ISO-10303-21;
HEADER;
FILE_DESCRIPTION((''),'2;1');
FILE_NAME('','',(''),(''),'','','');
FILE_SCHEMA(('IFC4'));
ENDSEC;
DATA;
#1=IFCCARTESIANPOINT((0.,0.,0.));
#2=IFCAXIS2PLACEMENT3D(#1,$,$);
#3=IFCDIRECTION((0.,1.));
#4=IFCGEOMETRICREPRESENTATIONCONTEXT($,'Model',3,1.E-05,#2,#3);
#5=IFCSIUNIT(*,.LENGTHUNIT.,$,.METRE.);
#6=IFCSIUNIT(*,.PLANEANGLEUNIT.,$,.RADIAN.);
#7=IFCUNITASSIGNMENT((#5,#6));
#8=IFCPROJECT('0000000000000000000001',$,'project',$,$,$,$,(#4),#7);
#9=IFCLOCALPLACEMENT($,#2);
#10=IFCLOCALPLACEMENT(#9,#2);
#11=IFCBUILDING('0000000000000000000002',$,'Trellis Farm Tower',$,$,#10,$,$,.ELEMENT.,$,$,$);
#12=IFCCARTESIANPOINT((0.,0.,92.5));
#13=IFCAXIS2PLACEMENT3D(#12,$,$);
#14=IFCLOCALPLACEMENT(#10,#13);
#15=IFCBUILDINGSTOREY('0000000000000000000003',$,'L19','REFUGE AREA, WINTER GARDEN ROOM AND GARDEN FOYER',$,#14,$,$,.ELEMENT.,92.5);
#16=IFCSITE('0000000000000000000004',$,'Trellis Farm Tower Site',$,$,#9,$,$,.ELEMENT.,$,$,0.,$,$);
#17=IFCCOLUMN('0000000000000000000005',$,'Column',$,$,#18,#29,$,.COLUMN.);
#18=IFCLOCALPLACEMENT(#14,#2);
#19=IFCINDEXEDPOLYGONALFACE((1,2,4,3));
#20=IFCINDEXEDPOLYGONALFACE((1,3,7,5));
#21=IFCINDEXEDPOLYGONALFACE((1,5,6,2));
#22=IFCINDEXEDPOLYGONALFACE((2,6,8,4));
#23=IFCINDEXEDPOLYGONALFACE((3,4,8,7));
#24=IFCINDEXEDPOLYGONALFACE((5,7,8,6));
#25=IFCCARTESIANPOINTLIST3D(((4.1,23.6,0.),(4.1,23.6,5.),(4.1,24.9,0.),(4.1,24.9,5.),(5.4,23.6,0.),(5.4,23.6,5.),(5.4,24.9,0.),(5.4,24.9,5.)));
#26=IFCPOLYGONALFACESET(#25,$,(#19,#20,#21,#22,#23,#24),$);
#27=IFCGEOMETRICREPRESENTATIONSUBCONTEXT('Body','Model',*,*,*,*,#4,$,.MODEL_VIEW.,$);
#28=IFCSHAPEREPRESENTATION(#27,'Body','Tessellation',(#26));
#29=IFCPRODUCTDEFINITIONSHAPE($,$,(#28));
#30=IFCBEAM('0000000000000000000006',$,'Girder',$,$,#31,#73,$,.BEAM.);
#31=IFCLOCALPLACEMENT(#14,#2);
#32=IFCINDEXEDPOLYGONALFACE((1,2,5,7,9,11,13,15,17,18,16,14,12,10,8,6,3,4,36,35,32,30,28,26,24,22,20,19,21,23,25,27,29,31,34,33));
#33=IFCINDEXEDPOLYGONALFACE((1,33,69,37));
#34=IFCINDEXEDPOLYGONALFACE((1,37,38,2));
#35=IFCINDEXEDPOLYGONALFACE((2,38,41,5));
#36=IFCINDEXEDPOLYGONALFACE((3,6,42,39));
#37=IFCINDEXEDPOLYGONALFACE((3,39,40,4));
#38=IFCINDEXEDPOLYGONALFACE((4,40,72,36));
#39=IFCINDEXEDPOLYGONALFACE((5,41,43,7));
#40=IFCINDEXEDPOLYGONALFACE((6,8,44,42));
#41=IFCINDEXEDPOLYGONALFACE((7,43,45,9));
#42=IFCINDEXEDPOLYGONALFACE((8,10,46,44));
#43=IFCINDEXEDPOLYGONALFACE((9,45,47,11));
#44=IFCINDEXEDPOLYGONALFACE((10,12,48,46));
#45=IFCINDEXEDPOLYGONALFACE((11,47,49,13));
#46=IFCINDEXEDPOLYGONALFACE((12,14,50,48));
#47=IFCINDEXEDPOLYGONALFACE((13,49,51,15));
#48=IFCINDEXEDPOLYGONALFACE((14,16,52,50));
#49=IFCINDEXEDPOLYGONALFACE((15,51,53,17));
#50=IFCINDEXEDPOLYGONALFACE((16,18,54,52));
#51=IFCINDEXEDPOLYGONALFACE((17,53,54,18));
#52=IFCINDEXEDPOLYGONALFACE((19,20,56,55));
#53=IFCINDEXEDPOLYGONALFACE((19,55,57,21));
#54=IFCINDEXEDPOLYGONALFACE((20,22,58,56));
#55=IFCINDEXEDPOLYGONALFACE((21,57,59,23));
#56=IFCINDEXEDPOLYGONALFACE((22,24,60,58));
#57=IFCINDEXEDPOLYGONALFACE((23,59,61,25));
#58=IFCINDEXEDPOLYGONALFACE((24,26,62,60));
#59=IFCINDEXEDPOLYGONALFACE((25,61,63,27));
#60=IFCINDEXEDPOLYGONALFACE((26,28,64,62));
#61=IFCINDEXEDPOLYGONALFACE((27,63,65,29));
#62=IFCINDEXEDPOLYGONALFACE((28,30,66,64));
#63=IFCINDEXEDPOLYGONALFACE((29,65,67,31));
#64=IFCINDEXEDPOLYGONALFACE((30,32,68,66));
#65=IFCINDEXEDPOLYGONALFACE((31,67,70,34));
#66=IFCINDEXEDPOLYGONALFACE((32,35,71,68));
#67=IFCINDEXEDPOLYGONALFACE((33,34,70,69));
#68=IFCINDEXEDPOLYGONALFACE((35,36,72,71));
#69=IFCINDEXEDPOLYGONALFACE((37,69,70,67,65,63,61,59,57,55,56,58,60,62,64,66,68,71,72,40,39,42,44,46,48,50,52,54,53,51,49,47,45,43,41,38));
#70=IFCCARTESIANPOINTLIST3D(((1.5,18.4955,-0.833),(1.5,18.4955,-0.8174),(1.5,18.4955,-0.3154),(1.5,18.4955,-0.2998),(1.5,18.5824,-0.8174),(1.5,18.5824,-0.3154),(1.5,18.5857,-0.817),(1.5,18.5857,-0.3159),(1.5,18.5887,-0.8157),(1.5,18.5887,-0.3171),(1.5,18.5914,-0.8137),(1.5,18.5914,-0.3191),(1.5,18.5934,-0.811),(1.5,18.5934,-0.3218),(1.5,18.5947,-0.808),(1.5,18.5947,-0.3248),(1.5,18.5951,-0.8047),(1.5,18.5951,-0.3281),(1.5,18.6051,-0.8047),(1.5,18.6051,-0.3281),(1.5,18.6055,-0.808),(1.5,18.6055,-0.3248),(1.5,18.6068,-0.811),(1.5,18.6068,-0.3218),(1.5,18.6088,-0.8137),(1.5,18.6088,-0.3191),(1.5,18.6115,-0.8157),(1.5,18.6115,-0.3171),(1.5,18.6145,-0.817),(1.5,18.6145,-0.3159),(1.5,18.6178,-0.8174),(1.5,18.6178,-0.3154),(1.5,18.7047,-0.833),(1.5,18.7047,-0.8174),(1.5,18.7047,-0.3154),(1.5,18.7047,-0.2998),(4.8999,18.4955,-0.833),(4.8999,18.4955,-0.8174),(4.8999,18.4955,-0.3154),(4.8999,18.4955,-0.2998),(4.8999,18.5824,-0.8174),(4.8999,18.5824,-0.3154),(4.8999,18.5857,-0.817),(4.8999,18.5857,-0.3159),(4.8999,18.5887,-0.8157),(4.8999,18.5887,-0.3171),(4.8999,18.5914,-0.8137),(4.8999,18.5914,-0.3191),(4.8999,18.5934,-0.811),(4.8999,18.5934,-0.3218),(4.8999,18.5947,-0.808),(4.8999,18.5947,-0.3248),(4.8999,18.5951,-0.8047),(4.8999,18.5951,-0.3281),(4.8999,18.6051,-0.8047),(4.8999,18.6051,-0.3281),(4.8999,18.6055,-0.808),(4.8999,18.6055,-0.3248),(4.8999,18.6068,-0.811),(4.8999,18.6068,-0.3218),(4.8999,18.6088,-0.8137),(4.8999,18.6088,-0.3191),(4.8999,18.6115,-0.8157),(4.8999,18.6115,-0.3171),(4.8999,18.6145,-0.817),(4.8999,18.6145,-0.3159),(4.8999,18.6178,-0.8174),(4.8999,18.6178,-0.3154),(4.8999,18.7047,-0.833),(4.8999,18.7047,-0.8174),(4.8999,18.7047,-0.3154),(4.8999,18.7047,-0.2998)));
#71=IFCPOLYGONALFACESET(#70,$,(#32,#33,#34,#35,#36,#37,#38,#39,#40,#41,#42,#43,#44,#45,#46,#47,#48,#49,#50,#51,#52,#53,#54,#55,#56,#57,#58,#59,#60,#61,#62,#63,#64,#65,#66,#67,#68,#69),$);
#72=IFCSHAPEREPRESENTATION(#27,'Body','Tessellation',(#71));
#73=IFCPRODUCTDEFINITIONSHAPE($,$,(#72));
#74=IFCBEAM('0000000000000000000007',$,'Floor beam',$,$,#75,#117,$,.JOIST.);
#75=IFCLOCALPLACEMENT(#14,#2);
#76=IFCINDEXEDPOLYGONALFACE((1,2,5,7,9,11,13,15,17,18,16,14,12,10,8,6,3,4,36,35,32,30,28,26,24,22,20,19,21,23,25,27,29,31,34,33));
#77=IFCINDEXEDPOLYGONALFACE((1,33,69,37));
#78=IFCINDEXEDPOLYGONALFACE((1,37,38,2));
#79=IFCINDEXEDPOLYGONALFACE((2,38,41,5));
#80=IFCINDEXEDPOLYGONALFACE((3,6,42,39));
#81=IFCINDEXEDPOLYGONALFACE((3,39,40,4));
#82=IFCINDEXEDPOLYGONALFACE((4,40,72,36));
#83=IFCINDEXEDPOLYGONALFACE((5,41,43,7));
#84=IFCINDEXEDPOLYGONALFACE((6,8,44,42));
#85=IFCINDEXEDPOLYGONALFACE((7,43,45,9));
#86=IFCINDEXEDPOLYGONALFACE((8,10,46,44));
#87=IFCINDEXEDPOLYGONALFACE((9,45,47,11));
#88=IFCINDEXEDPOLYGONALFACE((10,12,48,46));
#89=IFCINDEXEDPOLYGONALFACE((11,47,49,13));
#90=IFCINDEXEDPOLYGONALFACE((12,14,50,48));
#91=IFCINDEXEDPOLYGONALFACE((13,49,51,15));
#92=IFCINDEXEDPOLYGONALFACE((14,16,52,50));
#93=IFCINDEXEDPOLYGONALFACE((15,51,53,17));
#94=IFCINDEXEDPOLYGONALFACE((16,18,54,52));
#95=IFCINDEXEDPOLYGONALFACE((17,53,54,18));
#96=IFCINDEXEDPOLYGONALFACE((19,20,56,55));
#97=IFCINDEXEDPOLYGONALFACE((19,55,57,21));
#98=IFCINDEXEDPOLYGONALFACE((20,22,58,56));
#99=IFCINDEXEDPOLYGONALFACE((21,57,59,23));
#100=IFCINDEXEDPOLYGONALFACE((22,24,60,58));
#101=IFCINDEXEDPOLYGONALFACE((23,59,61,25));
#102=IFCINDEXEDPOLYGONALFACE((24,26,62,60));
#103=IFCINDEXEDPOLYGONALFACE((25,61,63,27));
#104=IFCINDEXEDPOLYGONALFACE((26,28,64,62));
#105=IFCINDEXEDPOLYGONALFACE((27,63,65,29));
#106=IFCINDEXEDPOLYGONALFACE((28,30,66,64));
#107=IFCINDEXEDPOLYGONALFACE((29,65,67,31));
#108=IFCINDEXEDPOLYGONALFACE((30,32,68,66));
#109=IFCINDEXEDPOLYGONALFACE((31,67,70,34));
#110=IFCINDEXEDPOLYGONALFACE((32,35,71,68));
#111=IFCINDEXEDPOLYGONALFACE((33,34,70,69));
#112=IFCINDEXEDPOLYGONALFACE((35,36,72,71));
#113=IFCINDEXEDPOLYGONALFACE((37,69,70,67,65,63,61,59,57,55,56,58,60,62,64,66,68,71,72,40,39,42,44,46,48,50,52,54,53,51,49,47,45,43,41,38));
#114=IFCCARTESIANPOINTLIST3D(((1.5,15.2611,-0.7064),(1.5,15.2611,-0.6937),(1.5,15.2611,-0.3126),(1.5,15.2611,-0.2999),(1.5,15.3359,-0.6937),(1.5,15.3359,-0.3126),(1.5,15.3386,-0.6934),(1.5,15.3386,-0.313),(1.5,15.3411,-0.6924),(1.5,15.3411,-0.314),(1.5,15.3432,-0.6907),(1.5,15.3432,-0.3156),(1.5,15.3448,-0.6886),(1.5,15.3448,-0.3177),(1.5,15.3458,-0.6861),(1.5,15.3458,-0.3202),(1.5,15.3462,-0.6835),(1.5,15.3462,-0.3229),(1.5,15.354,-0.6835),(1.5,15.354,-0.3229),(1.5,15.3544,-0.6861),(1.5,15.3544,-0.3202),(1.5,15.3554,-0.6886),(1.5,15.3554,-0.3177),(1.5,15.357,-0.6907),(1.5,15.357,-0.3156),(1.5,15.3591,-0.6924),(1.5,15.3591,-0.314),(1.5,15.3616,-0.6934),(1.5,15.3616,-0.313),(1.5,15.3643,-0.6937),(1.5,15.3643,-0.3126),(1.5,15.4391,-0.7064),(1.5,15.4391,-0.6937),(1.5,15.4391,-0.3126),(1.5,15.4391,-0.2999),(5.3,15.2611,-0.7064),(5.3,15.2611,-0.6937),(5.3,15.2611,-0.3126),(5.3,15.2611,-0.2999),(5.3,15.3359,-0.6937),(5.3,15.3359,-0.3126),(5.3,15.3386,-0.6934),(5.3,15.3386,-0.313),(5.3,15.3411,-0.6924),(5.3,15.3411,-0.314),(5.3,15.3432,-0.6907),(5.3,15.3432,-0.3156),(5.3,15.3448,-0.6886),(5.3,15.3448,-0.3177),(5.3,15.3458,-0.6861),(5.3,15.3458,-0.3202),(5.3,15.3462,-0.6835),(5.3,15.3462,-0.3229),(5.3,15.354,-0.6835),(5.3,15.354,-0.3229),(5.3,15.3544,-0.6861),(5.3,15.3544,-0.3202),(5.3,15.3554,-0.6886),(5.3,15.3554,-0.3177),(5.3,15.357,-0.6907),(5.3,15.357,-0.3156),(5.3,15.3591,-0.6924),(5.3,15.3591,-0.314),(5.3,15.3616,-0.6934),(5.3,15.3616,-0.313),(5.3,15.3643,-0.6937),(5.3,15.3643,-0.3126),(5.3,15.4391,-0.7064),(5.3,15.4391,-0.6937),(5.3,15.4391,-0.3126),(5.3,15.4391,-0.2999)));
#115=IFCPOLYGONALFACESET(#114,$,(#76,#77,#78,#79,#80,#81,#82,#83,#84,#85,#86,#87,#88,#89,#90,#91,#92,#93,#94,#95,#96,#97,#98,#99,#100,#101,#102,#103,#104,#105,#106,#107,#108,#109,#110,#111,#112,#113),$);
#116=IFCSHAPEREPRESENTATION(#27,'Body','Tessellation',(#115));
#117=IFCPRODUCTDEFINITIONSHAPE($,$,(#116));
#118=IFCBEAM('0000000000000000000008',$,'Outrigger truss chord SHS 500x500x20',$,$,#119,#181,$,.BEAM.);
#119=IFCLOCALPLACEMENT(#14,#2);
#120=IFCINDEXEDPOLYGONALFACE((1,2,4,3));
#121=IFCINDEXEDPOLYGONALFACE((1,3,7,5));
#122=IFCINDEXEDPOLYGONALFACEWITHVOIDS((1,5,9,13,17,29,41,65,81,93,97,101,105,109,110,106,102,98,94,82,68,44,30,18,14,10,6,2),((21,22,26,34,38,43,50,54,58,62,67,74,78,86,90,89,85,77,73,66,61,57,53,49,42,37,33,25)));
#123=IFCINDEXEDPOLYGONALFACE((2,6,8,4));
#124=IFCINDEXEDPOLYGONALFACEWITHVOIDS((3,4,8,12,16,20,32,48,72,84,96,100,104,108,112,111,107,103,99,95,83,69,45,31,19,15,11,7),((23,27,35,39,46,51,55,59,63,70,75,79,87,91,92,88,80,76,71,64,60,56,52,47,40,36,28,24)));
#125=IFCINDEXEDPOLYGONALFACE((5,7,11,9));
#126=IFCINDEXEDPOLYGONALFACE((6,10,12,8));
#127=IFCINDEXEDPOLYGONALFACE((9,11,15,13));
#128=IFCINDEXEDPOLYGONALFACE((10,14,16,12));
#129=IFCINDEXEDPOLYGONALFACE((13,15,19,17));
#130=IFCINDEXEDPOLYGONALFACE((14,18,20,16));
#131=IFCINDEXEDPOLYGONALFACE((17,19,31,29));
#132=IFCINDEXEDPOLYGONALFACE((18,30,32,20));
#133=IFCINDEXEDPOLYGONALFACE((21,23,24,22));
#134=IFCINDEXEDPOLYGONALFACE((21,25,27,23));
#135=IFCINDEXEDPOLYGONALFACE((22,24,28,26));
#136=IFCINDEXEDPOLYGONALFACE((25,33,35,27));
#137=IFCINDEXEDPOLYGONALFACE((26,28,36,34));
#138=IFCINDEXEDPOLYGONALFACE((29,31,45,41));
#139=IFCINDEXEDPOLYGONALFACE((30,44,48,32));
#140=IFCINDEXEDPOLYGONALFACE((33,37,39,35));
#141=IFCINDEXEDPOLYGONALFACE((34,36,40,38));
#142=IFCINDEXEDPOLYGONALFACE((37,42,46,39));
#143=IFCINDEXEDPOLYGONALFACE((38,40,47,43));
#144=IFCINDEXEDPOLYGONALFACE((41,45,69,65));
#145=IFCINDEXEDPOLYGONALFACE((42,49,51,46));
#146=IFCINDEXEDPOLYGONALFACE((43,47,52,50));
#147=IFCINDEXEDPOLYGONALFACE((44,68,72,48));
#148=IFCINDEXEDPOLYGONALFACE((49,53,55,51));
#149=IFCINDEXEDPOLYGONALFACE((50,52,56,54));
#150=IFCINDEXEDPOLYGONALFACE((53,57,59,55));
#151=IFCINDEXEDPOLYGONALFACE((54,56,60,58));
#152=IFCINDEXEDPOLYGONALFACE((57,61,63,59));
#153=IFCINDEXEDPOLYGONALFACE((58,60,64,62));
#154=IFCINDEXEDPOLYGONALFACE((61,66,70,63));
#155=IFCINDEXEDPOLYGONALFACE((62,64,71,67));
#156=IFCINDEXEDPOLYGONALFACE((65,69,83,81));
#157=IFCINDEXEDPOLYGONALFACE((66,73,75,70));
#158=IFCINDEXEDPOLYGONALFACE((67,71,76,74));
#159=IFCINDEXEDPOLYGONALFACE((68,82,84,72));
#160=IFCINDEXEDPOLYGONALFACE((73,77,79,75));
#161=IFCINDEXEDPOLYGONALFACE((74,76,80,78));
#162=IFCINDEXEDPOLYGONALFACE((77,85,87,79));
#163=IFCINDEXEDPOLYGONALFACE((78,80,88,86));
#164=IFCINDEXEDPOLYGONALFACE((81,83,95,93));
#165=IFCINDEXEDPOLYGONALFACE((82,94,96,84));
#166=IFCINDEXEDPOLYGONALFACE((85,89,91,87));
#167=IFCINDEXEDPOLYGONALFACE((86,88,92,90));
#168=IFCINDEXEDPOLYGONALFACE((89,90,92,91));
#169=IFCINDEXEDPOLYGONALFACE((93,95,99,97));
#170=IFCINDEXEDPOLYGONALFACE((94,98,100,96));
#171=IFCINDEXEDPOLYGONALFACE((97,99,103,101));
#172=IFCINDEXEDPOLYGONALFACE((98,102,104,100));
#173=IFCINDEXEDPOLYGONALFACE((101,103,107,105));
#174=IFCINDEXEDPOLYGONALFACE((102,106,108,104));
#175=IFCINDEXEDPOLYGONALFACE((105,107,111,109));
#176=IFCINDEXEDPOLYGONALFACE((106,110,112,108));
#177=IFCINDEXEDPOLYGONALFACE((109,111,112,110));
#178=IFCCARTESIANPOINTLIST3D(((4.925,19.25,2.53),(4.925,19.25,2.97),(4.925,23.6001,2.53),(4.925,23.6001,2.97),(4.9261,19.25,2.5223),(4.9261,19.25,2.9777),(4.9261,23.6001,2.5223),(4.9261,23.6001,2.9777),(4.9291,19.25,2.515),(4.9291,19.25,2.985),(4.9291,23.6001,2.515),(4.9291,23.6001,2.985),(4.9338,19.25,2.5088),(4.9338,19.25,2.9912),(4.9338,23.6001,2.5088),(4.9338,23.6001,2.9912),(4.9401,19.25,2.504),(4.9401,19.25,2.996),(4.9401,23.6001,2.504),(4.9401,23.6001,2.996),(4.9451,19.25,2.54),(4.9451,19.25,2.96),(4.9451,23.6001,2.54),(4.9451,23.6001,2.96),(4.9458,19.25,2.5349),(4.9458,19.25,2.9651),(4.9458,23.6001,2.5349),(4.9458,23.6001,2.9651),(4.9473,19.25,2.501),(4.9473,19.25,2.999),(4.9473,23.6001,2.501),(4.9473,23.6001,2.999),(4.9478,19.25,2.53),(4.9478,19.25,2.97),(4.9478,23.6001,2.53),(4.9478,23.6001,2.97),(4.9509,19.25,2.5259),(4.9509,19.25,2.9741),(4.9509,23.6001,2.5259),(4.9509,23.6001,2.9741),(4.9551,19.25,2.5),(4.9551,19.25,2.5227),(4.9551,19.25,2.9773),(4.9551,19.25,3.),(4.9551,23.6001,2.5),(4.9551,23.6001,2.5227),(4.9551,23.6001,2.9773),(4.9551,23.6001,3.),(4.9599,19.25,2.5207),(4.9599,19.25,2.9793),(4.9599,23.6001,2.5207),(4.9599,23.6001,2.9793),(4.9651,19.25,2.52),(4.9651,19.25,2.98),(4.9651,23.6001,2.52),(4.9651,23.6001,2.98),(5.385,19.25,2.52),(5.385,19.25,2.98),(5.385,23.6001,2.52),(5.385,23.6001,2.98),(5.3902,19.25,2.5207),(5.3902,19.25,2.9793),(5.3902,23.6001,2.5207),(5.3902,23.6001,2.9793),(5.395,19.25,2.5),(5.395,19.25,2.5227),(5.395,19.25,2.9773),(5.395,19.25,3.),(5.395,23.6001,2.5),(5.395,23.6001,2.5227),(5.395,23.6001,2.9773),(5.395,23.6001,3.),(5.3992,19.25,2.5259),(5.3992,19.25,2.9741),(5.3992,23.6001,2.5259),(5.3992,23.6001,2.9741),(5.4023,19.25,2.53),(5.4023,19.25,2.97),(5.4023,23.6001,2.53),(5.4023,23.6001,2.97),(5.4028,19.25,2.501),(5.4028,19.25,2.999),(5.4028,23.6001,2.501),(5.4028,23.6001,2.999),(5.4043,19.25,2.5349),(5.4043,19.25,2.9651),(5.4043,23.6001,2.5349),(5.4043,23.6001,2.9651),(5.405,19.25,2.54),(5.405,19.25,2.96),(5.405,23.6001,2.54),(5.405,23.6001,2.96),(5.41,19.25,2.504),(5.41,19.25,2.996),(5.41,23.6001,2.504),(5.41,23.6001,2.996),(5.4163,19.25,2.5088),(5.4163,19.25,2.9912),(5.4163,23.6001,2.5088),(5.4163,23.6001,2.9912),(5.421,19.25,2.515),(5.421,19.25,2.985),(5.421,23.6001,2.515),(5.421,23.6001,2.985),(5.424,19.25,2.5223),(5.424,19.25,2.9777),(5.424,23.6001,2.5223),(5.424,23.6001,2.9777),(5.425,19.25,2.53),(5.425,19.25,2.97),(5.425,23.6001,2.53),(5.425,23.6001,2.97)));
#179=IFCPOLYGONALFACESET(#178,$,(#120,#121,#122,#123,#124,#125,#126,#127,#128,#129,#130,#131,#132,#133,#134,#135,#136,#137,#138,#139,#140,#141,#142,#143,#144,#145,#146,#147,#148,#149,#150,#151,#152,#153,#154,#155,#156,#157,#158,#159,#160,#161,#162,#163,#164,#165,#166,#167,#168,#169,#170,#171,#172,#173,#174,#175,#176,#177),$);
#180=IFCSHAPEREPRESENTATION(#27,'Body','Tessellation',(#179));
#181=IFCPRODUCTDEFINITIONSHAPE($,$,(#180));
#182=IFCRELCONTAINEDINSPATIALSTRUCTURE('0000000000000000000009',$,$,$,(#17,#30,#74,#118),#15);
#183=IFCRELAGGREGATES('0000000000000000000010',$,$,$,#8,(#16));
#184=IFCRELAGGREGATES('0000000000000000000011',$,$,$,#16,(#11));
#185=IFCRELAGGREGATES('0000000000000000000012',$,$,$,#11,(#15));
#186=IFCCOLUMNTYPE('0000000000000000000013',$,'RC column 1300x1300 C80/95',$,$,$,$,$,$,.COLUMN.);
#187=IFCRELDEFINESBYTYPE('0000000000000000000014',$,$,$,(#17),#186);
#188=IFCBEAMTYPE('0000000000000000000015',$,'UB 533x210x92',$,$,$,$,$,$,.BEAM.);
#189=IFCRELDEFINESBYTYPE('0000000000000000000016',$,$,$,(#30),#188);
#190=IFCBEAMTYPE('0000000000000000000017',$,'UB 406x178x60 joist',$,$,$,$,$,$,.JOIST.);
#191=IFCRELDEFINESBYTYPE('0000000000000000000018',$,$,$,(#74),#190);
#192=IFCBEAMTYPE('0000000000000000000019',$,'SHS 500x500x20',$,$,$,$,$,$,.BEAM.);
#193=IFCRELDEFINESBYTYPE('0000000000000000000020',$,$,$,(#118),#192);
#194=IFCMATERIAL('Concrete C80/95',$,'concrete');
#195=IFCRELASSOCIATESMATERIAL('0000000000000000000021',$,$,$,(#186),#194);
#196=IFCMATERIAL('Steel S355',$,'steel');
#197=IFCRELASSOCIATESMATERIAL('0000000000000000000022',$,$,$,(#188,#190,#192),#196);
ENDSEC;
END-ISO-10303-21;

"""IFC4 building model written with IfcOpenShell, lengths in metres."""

from ifc_helpers import new_model, si_unit, direction, frame, origin, origin_2d, place, context, subcontext, project, spatial, rectangle, hollow_rectangle, i_section, extrude, source, transform, mapped, material, material_profile, profile_set, type_object, element, save


model = new_model("IFC4")

# Units and contexts
model_context = context("Model", 3, precision=1e-05, world=origin(), true_north=direction((0.0, 1.0)))
body_context = subcontext(model_context, "Body", "Model", "MODEL_VIEW")
ifc_project = project(units=[si_unit("LENGTHUNIT", "METRE"), si_unit("PLANEANGLEUNIT", "RADIAN")], contexts=[model_context])

# Site, building, storey
site_placement = place(None, origin())
site = spatial("IfcSite", under=ifc_project, at=site_placement, Name="Trellis Farm Tower Site", CompositionType="ELEMENT", RefElevation=0.0)
building_placement = place(site_placement, origin())
building = spatial("IfcBuilding", under=site, at=building_placement, Name="Trellis Farm Tower", CompositionType="ELEMENT")
storey_placement = place(building_placement, frame((0.0, 0.0, 92.5)))
storey = spatial("IfcBuildingStorey", under=building, at=storey_placement, Name="L19", Description="REFUGE AREA, WINTER GARDEN ROOM AND GARDEN FOYER", CompositionType="ELEMENT", Elevation=92.5)

# Column
ifc_material_1 = material(Name="Concrete C80/95", Category="concrete")
ifc_material_profile_1 = material_profile(ifc_material_1, rectangle(XDim=1.3, YDim=1.3, at=origin_2d()), Name="RC column 1300x1300 C80/95")
ifc_profile_set_1 = profile_set([ifc_material_profile_1], Name="Concrete C80/95")
column_type = type_object("IfcColumnType", Name="RC column 1300x1300 C80/95", PredefinedType="COLUMN", material=ifc_profile_set_1)
shared_shape_1 = source(origin(), body_context, "Body", "SweptSolid", [
    extrude(rectangle(XDim=1.3, YDim=1.3, at=origin_2d()), origin(), (0.0, 0.0, 1.0), 5.0),
])
column_placement = place(storey_placement, frame((4.75, 24.25, 0.0), z_axis=(0.0, 0.0, 1.0), x_axis=(1.0, 0.0, 0.0)))
element("IfcColumn", 1, at=column_placement, inside=storey, type_object=column_type, Name="Column", PredefinedType="COLUMN", context=body_context, shape_type="MappedRepresentation", body=[
    mapped(shared_shape_1, transform((0.0, 0.0, 0.0))),
])

# Beams
ifc_material_2 = material(Name="Steel S355", Category="steel")
ifc_material_profile_2 = material_profile(ifc_material_2, i_section(OverallWidth=0.2092, OverallDepth=0.5332, WebThickness=0.01, FlangeThickness=0.0156, FilletRadius=0.0127, at=origin_2d()), Name="UB 533x210x92")
ifc_profile_set_2 = profile_set([ifc_material_profile_2], Name="Steel S355")
beam_type_1 = type_object("IfcBeamType", Name="UB 533x210x92", PredefinedType="BEAM", material=ifc_profile_set_2)
shared_shape_2 = source(origin(), body_context, "Body", "SweptSolid", [
    extrude(i_section(OverallWidth=0.2092, OverallDepth=0.5332, WebThickness=0.01, FlangeThickness=0.0156, FilletRadius=0.0127, at=origin_2d()), origin(), (0.0, 0.0, 1.0), 3.3999),
])
beam_1_placement = place(storey_placement, frame((1.5, 18.6001, -0.5664), z_axis=(1.0, 0.0, 0.0), x_axis=(0.0, 1.0, 0.0)))
element("IfcBeam", 2, at=beam_1_placement, inside=storey, type_object=beam_type_1, Name="Girder", PredefinedType="BEAM", context=body_context, shape_type="MappedRepresentation", body=[
    mapped(shared_shape_2, transform((0.0, 0.0, 0.0))),
])
ifc_material_profile_3 = material_profile(ifc_material_2, i_section(OverallWidth=0.178, OverallDepth=0.4065, WebThickness=0.0078, FlangeThickness=0.0127, FilletRadius=0.0103, at=origin_2d()), Name="UB 406x178x60")
ifc_profile_set_3 = profile_set([ifc_material_profile_3], Name="Steel S355")
beam_type_2 = type_object("IfcBeamType", Name="UB 406x178x60 joist", PredefinedType="JOIST", material=ifc_profile_set_3)
shared_shape_3 = source(origin(), body_context, "Body", "SweptSolid", [
    extrude(i_section(OverallWidth=0.178, OverallDepth=0.4065, WebThickness=0.0078, FlangeThickness=0.0127, FilletRadius=0.0103, at=origin_2d()), origin(), (0.0, 0.0, 1.0), 3.8),
])
beam_2_placement = place(storey_placement, frame((1.5, 15.3501, -0.5032), z_axis=(1.0, 0.0, 0.0), x_axis=(0.0, 1.0, 0.0)))
element("IfcBeam", 3, at=beam_2_placement, inside=storey, type_object=beam_type_2, Name="Floor beam", PredefinedType="JOIST", context=body_context, shape_type="MappedRepresentation", body=[
    mapped(shared_shape_3, transform((0.0, 0.0, 0.0))),
])
ifc_material_profile_4 = material_profile(ifc_material_2, hollow_rectangle(XDim=0.5, YDim=0.5, WallThickness=0.02, InnerFilletRadius=0.02, OuterFilletRadius=0.03, at=origin_2d()), Name="SHS 500x500x20")
ifc_profile_set_4 = profile_set([ifc_material_profile_4], Name="Steel S355")
beam_type_3 = type_object("IfcBeamType", Name="SHS 500x500x20", PredefinedType="BEAM", material=ifc_profile_set_4)
shared_shape_4 = source(origin(), body_context, "Body", "SweptSolid", [
    extrude(hollow_rectangle(XDim=0.5, YDim=0.5, WallThickness=0.02, InnerFilletRadius=0.02, OuterFilletRadius=0.03, at=origin_2d()), origin(), (0.0, 0.0, 1.0), 4.3501),
])
beam_3_placement = place(storey_placement, frame((5.175, 19.25, 2.75), z_axis=(0.0, 1.0, 0.0), x_axis=(-1.0, 0.0, 0.0)))
element("IfcBeam", 4, at=beam_3_placement, inside=storey, type_object=beam_type_3, Name="Outrigger truss chord SHS 500x500x20", PredefinedType="BEAM", context=body_context, shape_type="MappedRepresentation", body=[
    mapped(shared_shape_4, transform((0.0, 0.0, 0.0))),
])

save(model, "model.ifc")
